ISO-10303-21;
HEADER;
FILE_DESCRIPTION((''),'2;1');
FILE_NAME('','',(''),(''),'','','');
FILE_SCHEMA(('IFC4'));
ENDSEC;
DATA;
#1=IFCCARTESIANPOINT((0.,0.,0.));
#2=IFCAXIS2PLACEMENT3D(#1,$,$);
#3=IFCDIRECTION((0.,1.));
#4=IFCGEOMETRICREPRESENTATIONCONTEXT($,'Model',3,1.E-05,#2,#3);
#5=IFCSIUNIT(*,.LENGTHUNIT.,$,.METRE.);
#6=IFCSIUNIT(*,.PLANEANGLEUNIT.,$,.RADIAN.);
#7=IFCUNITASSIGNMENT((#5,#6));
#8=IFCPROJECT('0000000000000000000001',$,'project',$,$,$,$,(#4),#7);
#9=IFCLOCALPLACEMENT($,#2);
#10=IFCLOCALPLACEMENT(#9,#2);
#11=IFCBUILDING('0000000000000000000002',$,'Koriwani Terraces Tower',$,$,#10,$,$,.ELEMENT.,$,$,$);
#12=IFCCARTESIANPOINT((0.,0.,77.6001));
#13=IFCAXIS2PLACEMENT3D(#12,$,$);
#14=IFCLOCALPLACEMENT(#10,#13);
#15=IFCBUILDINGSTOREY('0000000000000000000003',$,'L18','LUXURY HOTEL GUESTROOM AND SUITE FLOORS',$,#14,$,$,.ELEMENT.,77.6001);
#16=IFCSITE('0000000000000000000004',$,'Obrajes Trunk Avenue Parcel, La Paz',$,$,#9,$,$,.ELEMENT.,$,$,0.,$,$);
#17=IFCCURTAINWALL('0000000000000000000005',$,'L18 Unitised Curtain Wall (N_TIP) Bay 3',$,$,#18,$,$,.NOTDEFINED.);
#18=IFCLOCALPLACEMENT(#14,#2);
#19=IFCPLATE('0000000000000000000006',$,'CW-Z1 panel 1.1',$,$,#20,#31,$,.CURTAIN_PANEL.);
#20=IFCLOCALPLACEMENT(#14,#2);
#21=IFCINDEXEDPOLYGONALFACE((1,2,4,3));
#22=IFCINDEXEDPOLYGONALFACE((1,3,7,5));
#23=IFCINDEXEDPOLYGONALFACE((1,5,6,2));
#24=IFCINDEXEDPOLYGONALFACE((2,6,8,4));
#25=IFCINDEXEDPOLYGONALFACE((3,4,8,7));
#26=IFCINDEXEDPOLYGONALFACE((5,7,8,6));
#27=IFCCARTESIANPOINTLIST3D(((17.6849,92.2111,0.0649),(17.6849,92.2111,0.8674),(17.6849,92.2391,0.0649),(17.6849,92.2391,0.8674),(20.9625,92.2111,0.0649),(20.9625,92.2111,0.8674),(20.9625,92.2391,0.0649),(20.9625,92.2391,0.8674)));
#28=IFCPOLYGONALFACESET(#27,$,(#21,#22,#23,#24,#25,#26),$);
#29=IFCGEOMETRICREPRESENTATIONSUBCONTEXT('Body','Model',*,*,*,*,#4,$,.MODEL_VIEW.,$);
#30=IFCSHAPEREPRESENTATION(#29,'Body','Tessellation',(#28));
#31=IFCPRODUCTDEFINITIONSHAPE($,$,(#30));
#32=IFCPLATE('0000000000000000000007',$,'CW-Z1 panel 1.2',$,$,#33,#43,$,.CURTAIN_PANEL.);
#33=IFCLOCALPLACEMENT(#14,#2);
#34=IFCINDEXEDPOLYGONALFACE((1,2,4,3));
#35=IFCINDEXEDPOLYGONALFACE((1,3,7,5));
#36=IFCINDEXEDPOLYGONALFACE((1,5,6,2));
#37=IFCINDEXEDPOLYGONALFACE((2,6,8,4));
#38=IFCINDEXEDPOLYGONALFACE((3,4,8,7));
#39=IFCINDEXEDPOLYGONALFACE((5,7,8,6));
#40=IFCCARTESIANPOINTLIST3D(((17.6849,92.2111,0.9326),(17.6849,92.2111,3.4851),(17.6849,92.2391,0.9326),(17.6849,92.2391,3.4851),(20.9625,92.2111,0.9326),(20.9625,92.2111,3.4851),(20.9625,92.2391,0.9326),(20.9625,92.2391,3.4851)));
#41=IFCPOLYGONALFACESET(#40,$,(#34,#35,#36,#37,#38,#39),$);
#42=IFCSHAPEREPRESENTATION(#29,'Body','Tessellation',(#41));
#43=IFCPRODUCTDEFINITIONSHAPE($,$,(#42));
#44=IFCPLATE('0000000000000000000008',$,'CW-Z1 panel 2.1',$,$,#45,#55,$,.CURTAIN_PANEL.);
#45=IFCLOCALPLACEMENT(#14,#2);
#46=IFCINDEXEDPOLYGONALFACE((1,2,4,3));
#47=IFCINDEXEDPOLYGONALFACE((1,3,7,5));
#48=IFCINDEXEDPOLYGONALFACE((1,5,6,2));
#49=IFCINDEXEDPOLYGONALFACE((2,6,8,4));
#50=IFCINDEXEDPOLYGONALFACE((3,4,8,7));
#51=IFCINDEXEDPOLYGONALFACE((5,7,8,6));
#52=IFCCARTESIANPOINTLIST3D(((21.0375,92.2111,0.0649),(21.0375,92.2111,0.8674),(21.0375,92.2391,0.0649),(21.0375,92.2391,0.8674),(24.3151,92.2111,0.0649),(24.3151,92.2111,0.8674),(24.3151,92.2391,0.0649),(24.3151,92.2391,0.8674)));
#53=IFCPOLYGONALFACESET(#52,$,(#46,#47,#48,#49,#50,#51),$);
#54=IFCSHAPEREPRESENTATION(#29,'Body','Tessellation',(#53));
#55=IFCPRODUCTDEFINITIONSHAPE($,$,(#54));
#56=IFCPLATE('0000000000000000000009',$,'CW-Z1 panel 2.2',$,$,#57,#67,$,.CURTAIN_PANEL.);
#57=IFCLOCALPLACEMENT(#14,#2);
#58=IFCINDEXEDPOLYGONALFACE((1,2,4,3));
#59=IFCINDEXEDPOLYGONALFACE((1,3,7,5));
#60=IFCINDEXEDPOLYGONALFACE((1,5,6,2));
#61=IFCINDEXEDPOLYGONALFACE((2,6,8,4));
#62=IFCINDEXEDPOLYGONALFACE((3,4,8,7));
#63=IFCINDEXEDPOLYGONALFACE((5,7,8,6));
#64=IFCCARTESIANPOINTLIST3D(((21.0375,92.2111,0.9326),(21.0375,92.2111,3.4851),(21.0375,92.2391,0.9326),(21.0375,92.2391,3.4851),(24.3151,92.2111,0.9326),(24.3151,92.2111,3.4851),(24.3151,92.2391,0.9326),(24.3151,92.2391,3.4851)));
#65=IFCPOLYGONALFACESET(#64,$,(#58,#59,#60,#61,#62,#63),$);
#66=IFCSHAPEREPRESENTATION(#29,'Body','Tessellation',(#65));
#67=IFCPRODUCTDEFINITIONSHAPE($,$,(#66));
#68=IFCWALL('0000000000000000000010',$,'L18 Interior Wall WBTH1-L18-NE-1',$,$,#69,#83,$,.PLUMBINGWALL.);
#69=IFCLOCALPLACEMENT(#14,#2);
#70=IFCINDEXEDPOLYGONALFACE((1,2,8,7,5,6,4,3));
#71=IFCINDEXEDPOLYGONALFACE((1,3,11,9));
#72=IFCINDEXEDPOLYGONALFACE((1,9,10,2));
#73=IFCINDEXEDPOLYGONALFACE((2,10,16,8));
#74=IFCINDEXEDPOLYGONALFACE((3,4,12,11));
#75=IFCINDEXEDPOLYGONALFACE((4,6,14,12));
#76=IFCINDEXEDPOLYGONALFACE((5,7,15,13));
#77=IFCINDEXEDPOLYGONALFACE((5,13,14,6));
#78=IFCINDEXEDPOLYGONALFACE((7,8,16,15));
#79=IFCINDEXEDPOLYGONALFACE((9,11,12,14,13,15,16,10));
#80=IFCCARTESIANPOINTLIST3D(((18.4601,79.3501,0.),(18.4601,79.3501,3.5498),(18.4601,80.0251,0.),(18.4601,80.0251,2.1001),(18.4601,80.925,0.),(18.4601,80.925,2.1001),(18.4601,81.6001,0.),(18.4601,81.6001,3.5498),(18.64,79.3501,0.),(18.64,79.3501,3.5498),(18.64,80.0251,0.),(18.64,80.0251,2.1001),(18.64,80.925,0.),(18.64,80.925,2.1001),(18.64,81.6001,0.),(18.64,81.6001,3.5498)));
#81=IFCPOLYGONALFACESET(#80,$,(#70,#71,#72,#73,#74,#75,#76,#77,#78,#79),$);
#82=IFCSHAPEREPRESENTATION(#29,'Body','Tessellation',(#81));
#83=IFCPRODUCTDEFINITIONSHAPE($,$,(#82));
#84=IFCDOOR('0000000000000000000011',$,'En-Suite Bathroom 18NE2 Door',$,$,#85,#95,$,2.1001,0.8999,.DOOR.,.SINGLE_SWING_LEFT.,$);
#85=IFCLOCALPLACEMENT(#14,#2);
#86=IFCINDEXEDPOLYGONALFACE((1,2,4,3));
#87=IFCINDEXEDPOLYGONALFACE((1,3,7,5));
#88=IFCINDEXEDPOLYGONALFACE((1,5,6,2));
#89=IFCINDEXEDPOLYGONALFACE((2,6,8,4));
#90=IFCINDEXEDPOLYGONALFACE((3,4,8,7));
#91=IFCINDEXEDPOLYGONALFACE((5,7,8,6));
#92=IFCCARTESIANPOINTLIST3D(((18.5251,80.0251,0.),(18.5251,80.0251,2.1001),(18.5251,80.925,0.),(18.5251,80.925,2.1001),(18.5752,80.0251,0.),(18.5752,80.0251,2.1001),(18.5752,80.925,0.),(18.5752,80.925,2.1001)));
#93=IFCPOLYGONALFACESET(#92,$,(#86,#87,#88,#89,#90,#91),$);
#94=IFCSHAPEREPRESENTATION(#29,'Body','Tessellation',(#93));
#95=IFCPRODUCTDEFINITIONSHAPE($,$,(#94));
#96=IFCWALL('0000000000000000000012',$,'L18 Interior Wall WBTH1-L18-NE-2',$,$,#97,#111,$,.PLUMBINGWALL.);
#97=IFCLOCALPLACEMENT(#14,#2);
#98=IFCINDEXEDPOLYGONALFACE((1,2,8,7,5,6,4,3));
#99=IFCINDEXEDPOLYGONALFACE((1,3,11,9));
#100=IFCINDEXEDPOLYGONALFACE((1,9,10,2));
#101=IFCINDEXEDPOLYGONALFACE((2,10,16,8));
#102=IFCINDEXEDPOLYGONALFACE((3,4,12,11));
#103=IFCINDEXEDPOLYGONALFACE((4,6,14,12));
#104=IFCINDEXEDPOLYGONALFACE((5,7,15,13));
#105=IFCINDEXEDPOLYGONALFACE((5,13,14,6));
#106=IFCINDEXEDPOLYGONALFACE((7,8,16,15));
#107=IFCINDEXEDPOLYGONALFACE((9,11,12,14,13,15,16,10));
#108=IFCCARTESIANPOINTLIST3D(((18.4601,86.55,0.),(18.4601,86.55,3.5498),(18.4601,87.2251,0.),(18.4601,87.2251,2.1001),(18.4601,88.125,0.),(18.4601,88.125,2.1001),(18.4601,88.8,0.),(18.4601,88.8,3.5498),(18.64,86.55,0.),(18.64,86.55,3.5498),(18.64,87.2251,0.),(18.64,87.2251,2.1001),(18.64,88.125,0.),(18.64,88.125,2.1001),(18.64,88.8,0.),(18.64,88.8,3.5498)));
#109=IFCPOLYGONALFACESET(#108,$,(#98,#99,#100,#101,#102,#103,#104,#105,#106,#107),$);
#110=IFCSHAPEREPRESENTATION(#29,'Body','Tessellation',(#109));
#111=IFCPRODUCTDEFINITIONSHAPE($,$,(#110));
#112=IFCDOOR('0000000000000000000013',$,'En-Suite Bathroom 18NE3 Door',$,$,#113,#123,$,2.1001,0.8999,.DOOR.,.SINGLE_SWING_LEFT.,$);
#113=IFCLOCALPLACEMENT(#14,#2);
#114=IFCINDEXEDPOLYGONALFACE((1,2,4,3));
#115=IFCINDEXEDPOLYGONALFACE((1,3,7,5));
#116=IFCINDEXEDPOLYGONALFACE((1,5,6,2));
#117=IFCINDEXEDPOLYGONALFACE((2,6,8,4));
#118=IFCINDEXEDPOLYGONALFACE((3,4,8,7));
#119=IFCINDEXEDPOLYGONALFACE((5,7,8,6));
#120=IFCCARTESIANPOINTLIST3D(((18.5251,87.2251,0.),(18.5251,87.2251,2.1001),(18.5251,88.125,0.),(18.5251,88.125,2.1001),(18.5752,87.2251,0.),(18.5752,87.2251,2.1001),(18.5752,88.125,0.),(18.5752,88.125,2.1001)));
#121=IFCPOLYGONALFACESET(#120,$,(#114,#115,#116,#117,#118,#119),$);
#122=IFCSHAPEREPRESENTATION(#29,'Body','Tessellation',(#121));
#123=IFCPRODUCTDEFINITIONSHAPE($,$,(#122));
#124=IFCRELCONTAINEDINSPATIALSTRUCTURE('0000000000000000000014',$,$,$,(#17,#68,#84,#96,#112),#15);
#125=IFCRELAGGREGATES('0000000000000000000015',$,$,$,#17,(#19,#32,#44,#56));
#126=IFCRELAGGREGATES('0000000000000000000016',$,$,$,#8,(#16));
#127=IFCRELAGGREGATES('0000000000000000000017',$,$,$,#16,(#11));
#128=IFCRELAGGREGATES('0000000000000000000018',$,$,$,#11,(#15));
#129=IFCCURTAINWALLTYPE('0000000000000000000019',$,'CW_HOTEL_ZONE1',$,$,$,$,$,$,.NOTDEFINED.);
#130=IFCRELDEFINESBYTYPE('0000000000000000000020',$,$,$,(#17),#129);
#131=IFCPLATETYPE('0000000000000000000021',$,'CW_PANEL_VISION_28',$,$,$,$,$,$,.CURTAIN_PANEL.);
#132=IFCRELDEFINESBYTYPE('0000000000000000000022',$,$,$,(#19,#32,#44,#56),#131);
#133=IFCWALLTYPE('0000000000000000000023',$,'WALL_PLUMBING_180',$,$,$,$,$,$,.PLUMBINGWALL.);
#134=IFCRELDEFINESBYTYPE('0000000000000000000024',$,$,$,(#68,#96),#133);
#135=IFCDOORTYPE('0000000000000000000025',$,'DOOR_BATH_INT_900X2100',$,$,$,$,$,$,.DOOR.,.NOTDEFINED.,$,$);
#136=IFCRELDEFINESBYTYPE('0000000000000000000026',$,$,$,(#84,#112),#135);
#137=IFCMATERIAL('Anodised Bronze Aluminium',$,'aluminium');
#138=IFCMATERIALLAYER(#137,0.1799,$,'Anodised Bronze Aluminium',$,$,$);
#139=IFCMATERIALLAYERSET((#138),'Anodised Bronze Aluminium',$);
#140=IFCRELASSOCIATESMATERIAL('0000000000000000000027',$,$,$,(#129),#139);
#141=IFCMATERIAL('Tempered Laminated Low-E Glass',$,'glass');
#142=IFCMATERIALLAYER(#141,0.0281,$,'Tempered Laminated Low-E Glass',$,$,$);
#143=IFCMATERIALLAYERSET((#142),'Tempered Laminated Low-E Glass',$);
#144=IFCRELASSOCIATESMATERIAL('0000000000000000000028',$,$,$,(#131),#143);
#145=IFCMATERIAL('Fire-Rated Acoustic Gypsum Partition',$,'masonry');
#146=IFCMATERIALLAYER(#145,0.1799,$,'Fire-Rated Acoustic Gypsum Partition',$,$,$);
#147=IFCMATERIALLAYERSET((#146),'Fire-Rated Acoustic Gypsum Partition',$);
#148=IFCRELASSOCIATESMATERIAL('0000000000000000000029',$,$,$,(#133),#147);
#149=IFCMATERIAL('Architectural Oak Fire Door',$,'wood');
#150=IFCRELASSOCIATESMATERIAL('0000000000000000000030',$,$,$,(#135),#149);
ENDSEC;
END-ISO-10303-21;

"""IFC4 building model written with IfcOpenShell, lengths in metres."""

from ifc_helpers import new_model, si_unit, direction, frame, frame_2d, origin, origin_2d, place, context, subcontext, project, spatial, rectangle, extrude, material, layer, layer_set, type_object, element, fill, aggregate, save


model = new_model("IFC4")

# Units and contexts
model_context = context("Model", 3, precision=1e-05, world=origin(), true_north=direction((0.0, 1.0)))
body_context = subcontext(model_context, "Body", "Model", "MODEL_VIEW")
ifc_project = project(units=[si_unit("LENGTHUNIT", "METRE"), si_unit("PLANEANGLEUNIT", "RADIAN")], contexts=[model_context])

# Site, building, storey
site_placement = place(None, origin())
site = spatial("IfcSite", under=ifc_project, at=site_placement, Name="Obrajes Trunk Avenue Parcel, La Paz", CompositionType="ELEMENT", RefElevation=0.0)
building_placement = place(site_placement, origin())
building = spatial("IfcBuilding", under=site, at=building_placement, Name="Koriwani Terraces Tower", CompositionType="ELEMENT")
storey_placement = place(building_placement, frame((0.0, 0.0, 77.6001)))
storey = spatial("IfcBuildingStorey", under=building, at=storey_placement, Name="L18", Description="LUXURY HOTEL GUESTROOM AND SUITE FLOORS", CompositionType="ELEMENT", Elevation=77.6001)

# Curtain wall
ifc_material_1 = material(Name="Anodised Bronze Aluminium", Category="aluminium")
ifc_layer_1 = layer(ifc_material_1, 0.1799, Name="Anodised Bronze Aluminium")
ifc_layer_set_1 = layer_set([ifc_layer_1], Name="Anodised Bronze Aluminium")
curtain_wall_type = type_object("IfcCurtainWallType", Name="CW_HOTEL_ZONE1", PredefinedType="NOTDEFINED", material=ifc_layer_set_1)
curtain_wall_placement = place(storey_placement, origin())
curtain_wall = element("IfcCurtainWall", 1, at=curtain_wall_placement, inside=storey, type_object=curtain_wall_type, Name="L18 Unitised Curtain Wall (N_TIP) Bay 3", PredefinedType="NOTDEFINED")

# Plates
ifc_material_2 = material(Name="Tempered Laminated Low-E Glass", Category="glass")
ifc_layer_2 = layer(ifc_material_2, 0.0281, Name="Tempered Laminated Low-E Glass")
ifc_layer_set_2 = layer_set([ifc_layer_2], Name="Tempered Laminated Low-E Glass")
plate_type = type_object("IfcPlateType", Name="CW_PANEL_VISION_28", PredefinedType="CURTAIN_PANEL", material=ifc_layer_set_2)
plate_1_placement = place(storey_placement, frame((19.3237, 92.2251, 0.0649), z_axis=(0.0, 0.0, 1.0), x_axis=(1.0, 0.0, 0.0)))
plate_1 = element("IfcPlate", 2, at=plate_1_placement, type_object=plate_type, Name="CW-Z1 panel 1.1", PredefinedType="CURTAIN_PANEL", context=body_context, shape_type="SweptSolid", body=[
    extrude(rectangle(XDim=3.2776, YDim=0.0281, at=origin_2d()), origin(), (0.0, 0.0, 1.0), 0.8025),
])
plate_2_placement = place(storey_placement, frame((19.3237, 92.2251, 0.9326), z_axis=(0.0, 0.0, 1.0), x_axis=(1.0, 0.0, 0.0)))
plate_2 = element("IfcPlate", 3, at=plate_2_placement, type_object=plate_type, Name="CW-Z1 panel 1.2", PredefinedType="CURTAIN_PANEL", context=body_context, shape_type="SweptSolid", body=[
    extrude(rectangle(XDim=3.2776, YDim=0.0281, at=origin_2d()), origin(), (0.0, 0.0, 1.0), 2.5525),
])
plate_3_placement = place(storey_placement, frame((22.6763, 92.2251, 0.0649), z_axis=(0.0, 0.0, 1.0), x_axis=(1.0, 0.0, 0.0)))
plate_3 = element("IfcPlate", 4, at=plate_3_placement, type_object=plate_type, Name="CW-Z1 panel 2.1", PredefinedType="CURTAIN_PANEL", context=body_context, shape_type="SweptSolid", body=[
    extrude(rectangle(XDim=3.2776, YDim=0.0281, at=origin_2d()), origin(), (0.0, 0.0, 1.0), 0.8025),
])
plate_4_placement = place(storey_placement, frame((22.6763, 92.2251, 0.9326), z_axis=(0.0, 0.0, 1.0), x_axis=(1.0, 0.0, 0.0)))
plate_4 = element("IfcPlate", 5, at=plate_4_placement, type_object=plate_type, Name="CW-Z1 panel 2.2", PredefinedType="CURTAIN_PANEL", context=body_context, shape_type="SweptSolid", body=[
    extrude(rectangle(XDim=3.2776, YDim=0.0281, at=origin_2d()), origin(), (0.0, 0.0, 1.0), 2.5525),
])
aggregate(curtain_wall, [plate_1, plate_2, plate_3, plate_4])

# Walls, openings, doors
ifc_material_3 = material(Name="Fire-Rated Acoustic Gypsum Partition", Category="masonry")
ifc_layer_3 = layer(ifc_material_3, 0.1799, Name="Fire-Rated Acoustic Gypsum Partition")
ifc_layer_set_3 = layer_set([ifc_layer_3], Name="Fire-Rated Acoustic Gypsum Partition")
wall_type = type_object("IfcWallType", Name="WALL_PLUMBING_180", PredefinedType="PLUMBINGWALL", material=ifc_layer_set_3)
wall_1_placement = place(storey_placement, frame((18.55, 79.3501, 0.0), z_axis=(0.0, 0.0, 1.0), x_axis=(0.0, 1.0, 0.0)))
wall_1 = element("IfcWall", 6, at=wall_1_placement, inside=storey, type_object=wall_type, Name="L18 Interior Wall WBTH1-L18-NE-1", PredefinedType="PLUMBINGWALL", context=body_context, shape_type="SweptSolid", body=[
    extrude(rectangle(XDim=2.25, YDim=0.1799, at=frame_2d((1.125, 0.0))), origin(), (0.0, 0.0, 1.0), 3.5498),
])
opening_1_placement = place(wall_1_placement, frame((0.675, 0.0, 0.0)))
opening_1 = element("IfcOpeningElement", 7, at=opening_1_placement, cuts=wall_1, PredefinedType="OPENING", context=body_context, shape_type="SweptSolid", body=[
    extrude(rectangle(XDim=0.8999, YDim=2.1001, at=frame_2d((0.45, 1.05))), frame((0.0, 0.1001, 0.0), z_axis=(0.0, -1.0, 0.0), x_axis=(1.0, 0.0, 0.0)), (0.0, 0.0, 1.0), 0.2),
])
ifc_material_4 = material(Name="Architectural Oak Fire Door", Category="wood")
door_type = type_object("IfcDoorType", Name="DOOR_BATH_INT_900X2100", OperationType="NOTDEFINED", PredefinedType="DOOR", material=ifc_material_4)
door_1_placement = place(opening_1_placement, origin())
door_1 = element("IfcDoor", 8, at=door_1_placement, inside=storey, type_object=door_type, Name="En-Suite Bathroom 18NE2 Door", OperationType="SINGLE_SWING_LEFT", OverallHeight=2.1001, OverallWidth=0.8999, PredefinedType="DOOR", context=body_context, shape_type="SweptSolid", body=[
    extrude(rectangle(XDim=0.8999, YDim=2.1001, at=frame_2d((0.45, 1.05))), frame((0.0, 0.0249, 0.0), z_axis=(0.0, -1.0, 0.0), x_axis=(1.0, 0.0, 0.0)), (0.0, 0.0, 1.0), 0.05),
])
fill(opening_1, door_1)
wall_2_placement = place(storey_placement, frame((18.55, 86.55, 0.0), z_axis=(0.0, 0.0, 1.0), x_axis=(0.0, 1.0, 0.0)))
wall_2 = element("IfcWall", 9, at=wall_2_placement, inside=storey, type_object=wall_type, Name="L18 Interior Wall WBTH1-L18-NE-2", PredefinedType="PLUMBINGWALL", context=body_context, shape_type="SweptSolid", body=[
    extrude(rectangle(XDim=2.25, YDim=0.1799, at=frame_2d((1.125, 0.0))), origin(), (0.0, 0.0, 1.0), 3.5498),
])
opening_2_placement = place(wall_2_placement, frame((0.675, 0.0, 0.0)))
opening_2 = element("IfcOpeningElement", 10, at=opening_2_placement, cuts=wall_2, PredefinedType="OPENING", context=body_context, shape_type="SweptSolid", body=[
    extrude(rectangle(XDim=0.8999, YDim=2.1001, at=frame_2d((0.45, 1.05))), frame((0.0, 0.1001, 0.0), z_axis=(0.0, -1.0, 0.0), x_axis=(1.0, 0.0, 0.0)), (0.0, 0.0, 1.0), 0.2),
])
door_2_placement = place(opening_2_placement, origin())
door_2 = element("IfcDoor", 11, at=door_2_placement, inside=storey, type_object=door_type, Name="En-Suite Bathroom 18NE3 Door", OperationType="SINGLE_SWING_LEFT", OverallHeight=2.1001, OverallWidth=0.8999, PredefinedType="DOOR", context=body_context, shape_type="SweptSolid", body=[
    extrude(rectangle(XDim=0.8999, YDim=2.1001, at=frame_2d((0.45, 1.05))), frame((0.0, 0.0249, 0.0), z_axis=(0.0, -1.0, 0.0), x_axis=(1.0, 0.0, 0.0)), (0.0, 0.0, 1.0), 0.05),
])
fill(opening_2, door_2)

save(model, "model.ifc")
